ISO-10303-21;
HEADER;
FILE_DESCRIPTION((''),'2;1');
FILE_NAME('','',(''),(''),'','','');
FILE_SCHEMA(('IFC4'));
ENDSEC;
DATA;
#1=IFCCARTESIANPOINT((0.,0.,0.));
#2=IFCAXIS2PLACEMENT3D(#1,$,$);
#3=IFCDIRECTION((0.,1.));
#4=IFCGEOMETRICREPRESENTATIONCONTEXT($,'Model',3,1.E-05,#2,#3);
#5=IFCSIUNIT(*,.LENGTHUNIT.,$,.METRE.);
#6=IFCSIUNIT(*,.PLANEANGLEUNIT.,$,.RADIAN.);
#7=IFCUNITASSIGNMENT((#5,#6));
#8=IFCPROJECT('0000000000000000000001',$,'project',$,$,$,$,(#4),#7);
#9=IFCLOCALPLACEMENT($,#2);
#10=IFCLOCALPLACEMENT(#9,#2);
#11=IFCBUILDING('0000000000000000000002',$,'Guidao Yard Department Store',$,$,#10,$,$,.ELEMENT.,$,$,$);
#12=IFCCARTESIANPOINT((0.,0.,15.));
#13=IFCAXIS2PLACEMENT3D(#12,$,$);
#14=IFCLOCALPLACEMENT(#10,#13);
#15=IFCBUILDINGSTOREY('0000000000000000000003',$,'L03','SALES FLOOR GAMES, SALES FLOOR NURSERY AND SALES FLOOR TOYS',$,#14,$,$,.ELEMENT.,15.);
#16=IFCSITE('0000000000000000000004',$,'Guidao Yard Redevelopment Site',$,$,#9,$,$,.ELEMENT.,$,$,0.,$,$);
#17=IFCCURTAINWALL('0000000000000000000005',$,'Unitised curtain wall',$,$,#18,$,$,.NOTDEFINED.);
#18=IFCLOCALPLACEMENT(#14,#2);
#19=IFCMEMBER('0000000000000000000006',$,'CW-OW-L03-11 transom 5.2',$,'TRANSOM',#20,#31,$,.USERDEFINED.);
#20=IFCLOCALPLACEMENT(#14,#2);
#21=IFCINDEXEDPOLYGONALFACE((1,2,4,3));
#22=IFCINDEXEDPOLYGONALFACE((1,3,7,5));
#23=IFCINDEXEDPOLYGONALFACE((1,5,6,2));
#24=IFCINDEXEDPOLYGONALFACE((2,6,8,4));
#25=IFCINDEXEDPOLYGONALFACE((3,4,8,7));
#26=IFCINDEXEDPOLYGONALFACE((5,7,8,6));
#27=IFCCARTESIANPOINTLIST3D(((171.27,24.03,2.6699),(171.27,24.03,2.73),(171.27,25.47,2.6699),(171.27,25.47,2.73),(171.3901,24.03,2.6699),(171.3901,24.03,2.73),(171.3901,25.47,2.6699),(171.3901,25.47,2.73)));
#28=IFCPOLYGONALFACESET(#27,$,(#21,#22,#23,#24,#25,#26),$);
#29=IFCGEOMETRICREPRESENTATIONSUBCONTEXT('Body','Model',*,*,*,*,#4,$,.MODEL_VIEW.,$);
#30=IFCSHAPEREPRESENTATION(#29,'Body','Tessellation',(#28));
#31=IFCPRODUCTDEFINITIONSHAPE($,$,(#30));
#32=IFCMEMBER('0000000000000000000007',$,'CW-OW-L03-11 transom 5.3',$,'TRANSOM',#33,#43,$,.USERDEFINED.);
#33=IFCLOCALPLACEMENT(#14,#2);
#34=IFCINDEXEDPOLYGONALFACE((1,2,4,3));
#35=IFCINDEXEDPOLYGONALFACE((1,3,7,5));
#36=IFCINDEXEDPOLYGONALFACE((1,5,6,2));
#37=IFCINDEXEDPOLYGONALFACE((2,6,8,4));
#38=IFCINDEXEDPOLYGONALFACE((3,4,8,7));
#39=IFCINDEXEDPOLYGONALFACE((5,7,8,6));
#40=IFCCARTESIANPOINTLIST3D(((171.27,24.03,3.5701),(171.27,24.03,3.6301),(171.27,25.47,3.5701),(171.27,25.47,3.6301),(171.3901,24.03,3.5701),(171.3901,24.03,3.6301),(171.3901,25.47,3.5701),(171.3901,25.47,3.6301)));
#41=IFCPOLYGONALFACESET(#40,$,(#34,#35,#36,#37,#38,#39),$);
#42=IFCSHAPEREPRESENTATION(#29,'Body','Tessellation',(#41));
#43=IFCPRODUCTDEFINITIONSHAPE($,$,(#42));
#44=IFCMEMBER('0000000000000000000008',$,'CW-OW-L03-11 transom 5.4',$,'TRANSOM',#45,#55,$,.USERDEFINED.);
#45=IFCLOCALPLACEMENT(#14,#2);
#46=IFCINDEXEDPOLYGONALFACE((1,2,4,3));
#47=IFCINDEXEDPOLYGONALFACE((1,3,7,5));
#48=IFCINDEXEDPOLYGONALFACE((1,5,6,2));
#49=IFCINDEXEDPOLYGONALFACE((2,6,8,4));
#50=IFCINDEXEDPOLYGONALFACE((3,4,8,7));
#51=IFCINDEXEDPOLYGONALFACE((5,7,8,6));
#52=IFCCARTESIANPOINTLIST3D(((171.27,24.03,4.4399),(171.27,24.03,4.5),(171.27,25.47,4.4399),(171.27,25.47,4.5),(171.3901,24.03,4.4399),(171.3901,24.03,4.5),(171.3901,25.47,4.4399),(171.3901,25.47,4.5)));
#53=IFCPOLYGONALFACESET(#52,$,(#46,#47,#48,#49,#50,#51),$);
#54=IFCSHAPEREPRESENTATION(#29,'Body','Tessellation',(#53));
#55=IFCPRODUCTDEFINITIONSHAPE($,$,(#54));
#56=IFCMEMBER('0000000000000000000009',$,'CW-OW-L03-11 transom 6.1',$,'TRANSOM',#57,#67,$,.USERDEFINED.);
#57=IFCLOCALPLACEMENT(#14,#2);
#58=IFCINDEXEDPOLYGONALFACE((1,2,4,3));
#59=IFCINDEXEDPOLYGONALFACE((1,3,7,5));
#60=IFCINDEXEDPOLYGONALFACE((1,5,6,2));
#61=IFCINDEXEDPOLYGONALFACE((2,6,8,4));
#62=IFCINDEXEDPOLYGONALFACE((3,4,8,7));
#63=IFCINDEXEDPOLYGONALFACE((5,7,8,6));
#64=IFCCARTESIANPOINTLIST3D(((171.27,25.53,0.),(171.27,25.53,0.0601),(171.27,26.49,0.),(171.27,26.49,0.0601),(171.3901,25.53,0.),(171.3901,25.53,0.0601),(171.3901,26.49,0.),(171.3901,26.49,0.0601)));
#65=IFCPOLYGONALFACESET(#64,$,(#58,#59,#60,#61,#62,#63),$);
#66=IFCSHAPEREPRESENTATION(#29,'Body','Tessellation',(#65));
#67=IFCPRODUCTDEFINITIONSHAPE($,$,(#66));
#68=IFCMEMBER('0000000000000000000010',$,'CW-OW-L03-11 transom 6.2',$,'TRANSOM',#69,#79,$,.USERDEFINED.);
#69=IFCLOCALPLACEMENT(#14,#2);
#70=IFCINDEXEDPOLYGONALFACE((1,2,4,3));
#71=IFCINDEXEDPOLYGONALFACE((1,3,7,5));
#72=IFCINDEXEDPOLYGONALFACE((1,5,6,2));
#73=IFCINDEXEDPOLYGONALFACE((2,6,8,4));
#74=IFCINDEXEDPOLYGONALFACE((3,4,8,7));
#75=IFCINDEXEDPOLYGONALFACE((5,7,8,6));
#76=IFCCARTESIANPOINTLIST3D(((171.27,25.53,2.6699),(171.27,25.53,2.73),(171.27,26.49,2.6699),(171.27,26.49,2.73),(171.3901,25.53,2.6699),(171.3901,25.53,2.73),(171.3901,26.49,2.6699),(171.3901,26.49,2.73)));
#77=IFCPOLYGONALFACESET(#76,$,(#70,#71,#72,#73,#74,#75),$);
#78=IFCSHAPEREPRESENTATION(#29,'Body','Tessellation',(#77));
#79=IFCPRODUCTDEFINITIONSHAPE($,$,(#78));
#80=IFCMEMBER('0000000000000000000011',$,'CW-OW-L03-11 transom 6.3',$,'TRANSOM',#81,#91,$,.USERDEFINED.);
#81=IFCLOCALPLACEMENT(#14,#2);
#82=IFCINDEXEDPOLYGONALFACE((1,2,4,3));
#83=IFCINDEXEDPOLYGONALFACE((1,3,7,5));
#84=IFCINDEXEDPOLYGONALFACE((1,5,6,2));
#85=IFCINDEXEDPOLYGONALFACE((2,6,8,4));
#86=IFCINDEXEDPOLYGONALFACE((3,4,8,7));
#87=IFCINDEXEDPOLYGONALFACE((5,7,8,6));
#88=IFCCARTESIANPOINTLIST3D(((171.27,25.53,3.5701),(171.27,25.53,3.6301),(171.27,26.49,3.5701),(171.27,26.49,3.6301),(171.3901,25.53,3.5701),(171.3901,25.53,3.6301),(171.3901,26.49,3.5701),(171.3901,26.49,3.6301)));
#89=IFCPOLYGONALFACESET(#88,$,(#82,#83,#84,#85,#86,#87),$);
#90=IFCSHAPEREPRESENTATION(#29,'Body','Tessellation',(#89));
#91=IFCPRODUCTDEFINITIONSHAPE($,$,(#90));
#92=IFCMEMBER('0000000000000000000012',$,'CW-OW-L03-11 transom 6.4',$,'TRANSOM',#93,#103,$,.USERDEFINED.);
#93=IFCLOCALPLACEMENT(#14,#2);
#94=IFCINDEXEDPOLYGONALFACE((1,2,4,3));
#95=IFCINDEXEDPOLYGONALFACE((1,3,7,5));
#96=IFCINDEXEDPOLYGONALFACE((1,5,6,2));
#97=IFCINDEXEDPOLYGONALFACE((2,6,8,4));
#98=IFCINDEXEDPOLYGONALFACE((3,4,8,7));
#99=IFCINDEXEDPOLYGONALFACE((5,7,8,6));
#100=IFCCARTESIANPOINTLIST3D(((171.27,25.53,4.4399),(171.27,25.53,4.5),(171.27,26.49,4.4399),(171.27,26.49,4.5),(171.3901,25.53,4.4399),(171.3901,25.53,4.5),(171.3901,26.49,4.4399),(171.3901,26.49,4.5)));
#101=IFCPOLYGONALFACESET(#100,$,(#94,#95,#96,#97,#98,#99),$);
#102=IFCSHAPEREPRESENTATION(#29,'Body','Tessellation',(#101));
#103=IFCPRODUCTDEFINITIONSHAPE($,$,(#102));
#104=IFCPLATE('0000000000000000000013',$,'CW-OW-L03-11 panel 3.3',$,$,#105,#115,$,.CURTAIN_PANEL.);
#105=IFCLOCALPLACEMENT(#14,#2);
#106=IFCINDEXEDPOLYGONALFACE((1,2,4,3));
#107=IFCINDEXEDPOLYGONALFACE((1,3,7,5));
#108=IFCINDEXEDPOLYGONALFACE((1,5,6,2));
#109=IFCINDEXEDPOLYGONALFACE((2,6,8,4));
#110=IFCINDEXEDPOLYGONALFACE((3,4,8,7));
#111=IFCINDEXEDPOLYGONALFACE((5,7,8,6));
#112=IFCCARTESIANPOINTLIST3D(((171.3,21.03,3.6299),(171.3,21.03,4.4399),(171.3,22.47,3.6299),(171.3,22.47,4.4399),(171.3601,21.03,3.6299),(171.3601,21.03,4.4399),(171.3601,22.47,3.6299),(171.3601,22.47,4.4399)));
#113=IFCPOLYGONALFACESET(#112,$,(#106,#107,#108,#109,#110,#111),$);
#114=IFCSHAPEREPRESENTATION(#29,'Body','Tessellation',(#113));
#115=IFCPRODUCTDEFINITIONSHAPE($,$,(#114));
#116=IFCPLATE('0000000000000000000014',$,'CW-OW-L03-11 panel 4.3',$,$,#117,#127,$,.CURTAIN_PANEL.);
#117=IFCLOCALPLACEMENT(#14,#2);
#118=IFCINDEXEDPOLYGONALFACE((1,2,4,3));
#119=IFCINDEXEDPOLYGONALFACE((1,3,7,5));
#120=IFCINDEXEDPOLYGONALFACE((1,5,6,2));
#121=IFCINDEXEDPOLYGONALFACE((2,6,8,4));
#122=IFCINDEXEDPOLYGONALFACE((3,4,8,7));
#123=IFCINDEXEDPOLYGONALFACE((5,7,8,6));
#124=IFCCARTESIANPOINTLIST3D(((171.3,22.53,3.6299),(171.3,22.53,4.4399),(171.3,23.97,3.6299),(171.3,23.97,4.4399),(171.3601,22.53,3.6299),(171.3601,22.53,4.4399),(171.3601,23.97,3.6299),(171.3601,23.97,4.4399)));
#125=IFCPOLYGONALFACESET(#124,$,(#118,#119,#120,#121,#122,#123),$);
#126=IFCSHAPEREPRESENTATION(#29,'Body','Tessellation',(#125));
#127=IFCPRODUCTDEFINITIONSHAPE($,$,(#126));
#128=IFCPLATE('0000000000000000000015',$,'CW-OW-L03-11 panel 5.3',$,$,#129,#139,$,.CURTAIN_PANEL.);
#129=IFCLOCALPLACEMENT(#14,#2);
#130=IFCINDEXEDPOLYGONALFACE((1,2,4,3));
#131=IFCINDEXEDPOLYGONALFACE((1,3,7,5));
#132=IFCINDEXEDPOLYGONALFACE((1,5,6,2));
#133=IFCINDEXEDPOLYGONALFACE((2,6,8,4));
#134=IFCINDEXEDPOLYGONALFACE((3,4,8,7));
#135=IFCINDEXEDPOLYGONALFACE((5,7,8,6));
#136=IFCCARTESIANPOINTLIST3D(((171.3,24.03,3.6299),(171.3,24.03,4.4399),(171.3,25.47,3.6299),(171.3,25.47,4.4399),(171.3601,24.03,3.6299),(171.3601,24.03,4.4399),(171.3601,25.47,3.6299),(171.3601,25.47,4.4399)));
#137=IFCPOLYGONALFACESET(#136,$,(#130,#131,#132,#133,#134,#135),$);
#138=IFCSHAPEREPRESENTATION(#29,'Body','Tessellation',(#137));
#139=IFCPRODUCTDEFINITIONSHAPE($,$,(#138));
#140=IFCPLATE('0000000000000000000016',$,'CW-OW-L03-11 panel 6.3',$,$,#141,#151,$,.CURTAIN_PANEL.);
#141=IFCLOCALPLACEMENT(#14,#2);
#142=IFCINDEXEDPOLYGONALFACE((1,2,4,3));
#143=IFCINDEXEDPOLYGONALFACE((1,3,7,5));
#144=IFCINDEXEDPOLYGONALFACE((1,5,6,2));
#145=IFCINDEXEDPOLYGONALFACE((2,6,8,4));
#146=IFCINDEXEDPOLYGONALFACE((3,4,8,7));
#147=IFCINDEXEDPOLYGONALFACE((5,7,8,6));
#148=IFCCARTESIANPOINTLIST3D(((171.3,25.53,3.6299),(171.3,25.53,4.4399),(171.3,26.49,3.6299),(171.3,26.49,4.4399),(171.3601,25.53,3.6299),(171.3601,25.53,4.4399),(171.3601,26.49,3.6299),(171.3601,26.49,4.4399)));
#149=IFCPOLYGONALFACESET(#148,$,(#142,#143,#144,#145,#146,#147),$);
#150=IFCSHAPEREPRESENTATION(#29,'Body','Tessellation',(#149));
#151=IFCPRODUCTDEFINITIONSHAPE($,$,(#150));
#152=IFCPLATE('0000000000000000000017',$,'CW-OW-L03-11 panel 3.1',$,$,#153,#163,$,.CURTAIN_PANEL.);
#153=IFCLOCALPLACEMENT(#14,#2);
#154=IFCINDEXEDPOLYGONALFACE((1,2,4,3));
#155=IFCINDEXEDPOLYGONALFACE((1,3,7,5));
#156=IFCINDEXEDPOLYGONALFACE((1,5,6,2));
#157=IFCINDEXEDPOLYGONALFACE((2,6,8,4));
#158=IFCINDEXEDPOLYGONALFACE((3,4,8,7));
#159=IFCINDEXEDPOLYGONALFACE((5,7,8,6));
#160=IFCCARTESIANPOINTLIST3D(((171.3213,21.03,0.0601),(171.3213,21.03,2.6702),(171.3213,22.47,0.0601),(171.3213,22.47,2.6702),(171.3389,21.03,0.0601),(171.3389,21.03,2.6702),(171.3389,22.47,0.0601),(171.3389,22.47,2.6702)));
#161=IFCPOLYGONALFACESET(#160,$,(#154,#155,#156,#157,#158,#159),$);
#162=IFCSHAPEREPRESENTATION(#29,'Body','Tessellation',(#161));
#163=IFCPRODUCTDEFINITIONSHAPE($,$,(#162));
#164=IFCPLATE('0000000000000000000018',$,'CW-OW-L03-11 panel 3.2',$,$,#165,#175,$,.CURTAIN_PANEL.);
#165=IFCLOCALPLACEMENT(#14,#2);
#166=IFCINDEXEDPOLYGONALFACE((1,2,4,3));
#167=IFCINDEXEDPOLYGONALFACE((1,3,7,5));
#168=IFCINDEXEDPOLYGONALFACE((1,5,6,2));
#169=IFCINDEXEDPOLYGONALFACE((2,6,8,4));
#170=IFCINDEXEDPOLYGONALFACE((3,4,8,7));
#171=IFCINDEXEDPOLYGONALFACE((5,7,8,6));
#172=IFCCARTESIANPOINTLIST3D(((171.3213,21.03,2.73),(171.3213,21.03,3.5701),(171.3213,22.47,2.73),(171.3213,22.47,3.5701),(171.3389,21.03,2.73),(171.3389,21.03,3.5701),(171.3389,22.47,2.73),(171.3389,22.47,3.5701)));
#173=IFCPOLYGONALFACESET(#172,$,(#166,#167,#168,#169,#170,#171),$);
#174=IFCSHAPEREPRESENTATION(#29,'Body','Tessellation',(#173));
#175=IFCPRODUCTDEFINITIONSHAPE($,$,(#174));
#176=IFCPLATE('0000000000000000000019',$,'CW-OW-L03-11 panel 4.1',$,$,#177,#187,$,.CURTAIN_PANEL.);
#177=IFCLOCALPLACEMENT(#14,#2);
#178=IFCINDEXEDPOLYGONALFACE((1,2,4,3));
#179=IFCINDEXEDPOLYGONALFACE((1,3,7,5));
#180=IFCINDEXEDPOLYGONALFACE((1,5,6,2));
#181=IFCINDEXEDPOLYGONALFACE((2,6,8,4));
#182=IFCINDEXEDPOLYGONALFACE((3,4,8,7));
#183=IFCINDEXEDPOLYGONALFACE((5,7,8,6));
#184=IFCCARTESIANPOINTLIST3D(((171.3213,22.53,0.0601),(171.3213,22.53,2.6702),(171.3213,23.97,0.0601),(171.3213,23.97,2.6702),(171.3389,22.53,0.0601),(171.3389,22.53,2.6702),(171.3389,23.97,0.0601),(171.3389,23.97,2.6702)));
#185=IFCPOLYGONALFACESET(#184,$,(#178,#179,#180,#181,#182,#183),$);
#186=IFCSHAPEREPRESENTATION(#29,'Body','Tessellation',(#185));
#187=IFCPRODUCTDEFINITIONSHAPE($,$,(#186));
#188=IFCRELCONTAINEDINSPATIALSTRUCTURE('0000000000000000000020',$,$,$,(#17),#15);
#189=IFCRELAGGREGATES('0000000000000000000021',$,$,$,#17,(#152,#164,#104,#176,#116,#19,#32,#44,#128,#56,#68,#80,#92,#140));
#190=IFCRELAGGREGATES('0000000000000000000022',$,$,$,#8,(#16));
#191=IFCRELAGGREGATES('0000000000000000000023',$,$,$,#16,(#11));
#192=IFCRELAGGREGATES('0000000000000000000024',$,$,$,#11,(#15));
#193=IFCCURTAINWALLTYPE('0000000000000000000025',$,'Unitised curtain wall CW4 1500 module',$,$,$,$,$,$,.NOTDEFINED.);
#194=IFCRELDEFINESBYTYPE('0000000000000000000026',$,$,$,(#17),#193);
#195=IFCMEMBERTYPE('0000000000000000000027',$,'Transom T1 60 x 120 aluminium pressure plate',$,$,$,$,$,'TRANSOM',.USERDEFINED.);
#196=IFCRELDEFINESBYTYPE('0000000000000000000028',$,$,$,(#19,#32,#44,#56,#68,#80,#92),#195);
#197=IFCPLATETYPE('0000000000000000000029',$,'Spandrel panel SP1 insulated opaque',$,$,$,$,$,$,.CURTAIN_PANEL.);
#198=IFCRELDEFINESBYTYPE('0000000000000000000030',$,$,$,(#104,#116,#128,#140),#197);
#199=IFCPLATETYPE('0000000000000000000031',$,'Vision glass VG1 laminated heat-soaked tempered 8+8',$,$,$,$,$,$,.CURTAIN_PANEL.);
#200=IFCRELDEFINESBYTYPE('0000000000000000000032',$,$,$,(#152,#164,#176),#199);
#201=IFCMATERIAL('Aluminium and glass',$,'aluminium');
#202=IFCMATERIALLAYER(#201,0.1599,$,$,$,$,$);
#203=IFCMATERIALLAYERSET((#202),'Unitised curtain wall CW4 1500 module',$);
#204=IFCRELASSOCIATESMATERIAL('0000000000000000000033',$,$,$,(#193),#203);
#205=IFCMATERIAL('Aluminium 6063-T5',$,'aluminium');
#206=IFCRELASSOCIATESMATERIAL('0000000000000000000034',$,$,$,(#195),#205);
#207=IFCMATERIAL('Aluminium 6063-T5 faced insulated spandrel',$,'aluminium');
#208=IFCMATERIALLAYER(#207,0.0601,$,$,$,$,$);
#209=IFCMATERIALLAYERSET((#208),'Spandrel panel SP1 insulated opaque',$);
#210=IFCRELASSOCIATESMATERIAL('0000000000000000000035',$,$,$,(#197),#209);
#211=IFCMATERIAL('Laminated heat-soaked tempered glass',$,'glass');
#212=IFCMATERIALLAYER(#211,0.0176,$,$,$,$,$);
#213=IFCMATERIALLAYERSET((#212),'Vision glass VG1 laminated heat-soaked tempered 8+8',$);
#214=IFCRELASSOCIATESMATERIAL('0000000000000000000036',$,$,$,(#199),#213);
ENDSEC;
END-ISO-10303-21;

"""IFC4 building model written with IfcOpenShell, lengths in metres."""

from ifc_helpers import new_model, si_unit, direction, frame, origin, origin_2d, place, context, subcontext, project, spatial, rectangle, extrude, material, layer, layer_set, material_profile, profile_set, type_object, element, aggregate, save


model = new_model("IFC4")

# Units and contexts
model_context = context("Model", 3, precision=1e-05, world=origin(), true_north=direction((0.0, 1.0)))
body_context = subcontext(model_context, "Body", "Model", "MODEL_VIEW")
ifc_project = project(units=[si_unit("LENGTHUNIT", "METRE"), si_unit("PLANEANGLEUNIT", "RADIAN")], contexts=[model_context])

# Site, building, storey
site_placement = place(None, origin())
site = spatial("IfcSite", under=ifc_project, at=site_placement, Name="Guidao Yard Redevelopment Site", CompositionType="ELEMENT", RefElevation=0.0)
building_placement = place(site_placement, origin())
building = spatial("IfcBuilding", under=site, at=building_placement, Name="Guidao Yard Department Store", CompositionType="ELEMENT")
storey_placement = place(building_placement, frame((0.0, 0.0, 15.0)))
storey = spatial("IfcBuildingStorey", under=building, at=storey_placement, Name="L03", Description="SALES FLOOR GAMES, SALES FLOOR NURSERY AND SALES FLOOR TOYS", CompositionType="ELEMENT", Elevation=15.0)

# Curtain wall, members, plates
ifc_material_1 = material(Name="Aluminium and glass", Category="aluminium")
ifc_layer_1 = layer(ifc_material_1, 0.1599)
ifc_layer_set_1 = layer_set([ifc_layer_1], Name="Unitised curtain wall CW4 1500 module")
curtain_wall_type = type_object("IfcCurtainWallType", Name="Unitised curtain wall CW4 1500 module", PredefinedType="NOTDEFINED", material=ifc_layer_set_1)
curtain_wall_placement = place(storey_placement, origin())
curtain_wall = element("IfcCurtainWall", 1, at=curtain_wall_placement, inside=storey, type_object=curtain_wall_type, Name="Unitised curtain wall", PredefinedType="NOTDEFINED")
ifc_material_2 = material(Name="Aluminium 6063-T5", Category="aluminium")
ifc_material_profile_1 = material_profile(ifc_material_2, rectangle(XDim=0.1201, YDim=0.0601, at=origin_2d()), Name="Transom T1 60 x 120 aluminium pressure plate")
ifc_profile_set_1 = profile_set([ifc_material_profile_1], Name="Aluminium 6063-T5")
member_type_1 = type_object("IfcMemberType", Name="Transom T1 60 x 120 aluminium pressure plate", ElementType="TRANSOM", PredefinedType="USERDEFINED", material=ifc_profile_set_1)
member_1_placement = place(storey_placement, frame((171.3301, 25.47, 2.7), z_axis=(0.0, -1.0, 0.0), x_axis=(1.0, 0.0, 0.0)))
member_1 = element("IfcMember", 2, at=member_1_placement, type_object=member_type_1, Name="CW-OW-L03-11 transom 5.2", ObjectType="TRANSOM", PredefinedType="USERDEFINED", context=body_context, shape_type="SweptSolid", body=[
    extrude(rectangle(XDim=0.1201, YDim=0.0601, at=origin_2d()), origin(), (0.0, 0.0, 1.0), 1.4399),
])
member_2_placement = place(storey_placement, frame((171.3301, 25.47, 3.6001), z_axis=(0.0, -1.0, 0.0), x_axis=(1.0, 0.0, 0.0)))
member_2 = element("IfcMember", 3, at=member_2_placement, type_object=member_type_1, Name="CW-OW-L03-11 transom 5.3", ObjectType="TRANSOM", PredefinedType="USERDEFINED", context=body_context, shape_type="SweptSolid", body=[
    extrude(rectangle(XDim=0.1201, YDim=0.0601, at=origin_2d()), origin(), (0.0, 0.0, 1.0), 1.4399),
])
member_3_placement = place(storey_placement, frame((171.3301, 25.47, 4.47), z_axis=(0.0, -1.0, 0.0), x_axis=(1.0, 0.0, 0.0)))
member_3 = element("IfcMember", 4, at=member_3_placement, type_object=member_type_1, Name="CW-OW-L03-11 transom 5.4", ObjectType="TRANSOM", PredefinedType="USERDEFINED", context=body_context, shape_type="SweptSolid", body=[
    extrude(rectangle(XDim=0.1201, YDim=0.0601, at=origin_2d()), origin(), (0.0, 0.0, 1.0), 1.4399),
])
member_4_placement = place(storey_placement, frame((171.3301, 26.49, 0.03), z_axis=(0.0, -1.0, 0.0), x_axis=(1.0, 0.0, 0.0)))
member_4 = element("IfcMember", 5, at=member_4_placement, type_object=member_type_1, Name="CW-OW-L03-11 transom 6.1", ObjectType="TRANSOM", PredefinedType="USERDEFINED", context=body_context, shape_type="SweptSolid", body=[
    extrude(rectangle(XDim=0.1201, YDim=0.0601, at=origin_2d()), origin(), (0.0, 0.0, 1.0), 0.96),
])
member_5_placement = place(storey_placement, frame((171.3301, 26.49, 2.7), z_axis=(0.0, -1.0, 0.0), x_axis=(1.0, 0.0, 0.0)))
member_5 = element("IfcMember", 6, at=member_5_placement, type_object=member_type_1, Name="CW-OW-L03-11 transom 6.2", ObjectType="TRANSOM", PredefinedType="USERDEFINED", context=body_context, shape_type="SweptSolid", body=[
    extrude(rectangle(XDim=0.1201, YDim=0.0601, at=origin_2d()), origin(), (0.0, 0.0, 1.0), 0.96),
])
member_6_placement = place(storey_placement, frame((171.3301, 26.49, 3.6001), z_axis=(0.0, -1.0, 0.0), x_axis=(1.0, 0.0, 0.0)))
member_6 = element("IfcMember", 7, at=member_6_placement, type_object=member_type_1, Name="CW-OW-L03-11 transom 6.3", ObjectType="TRANSOM", PredefinedType="USERDEFINED", context=body_context, shape_type="SweptSolid", body=[
    extrude(rectangle(XDim=0.1201, YDim=0.0601, at=origin_2d()), origin(), (0.0, 0.0, 1.0), 0.96),
])
member_7_placement = place(storey_placement, frame((171.3301, 26.49, 4.47), z_axis=(0.0, -1.0, 0.0), x_axis=(1.0, 0.0, 0.0)))
member_7 = element("IfcMember", 8, at=member_7_placement, type_object=member_type_1, Name="CW-OW-L03-11 transom 6.4", ObjectType="TRANSOM", PredefinedType="USERDEFINED", context=body_context, shape_type="SweptSolid", body=[
    extrude(rectangle(XDim=0.1201, YDim=0.0601, at=origin_2d()), origin(), (0.0, 0.0, 1.0), 0.96),
])
ifc_material_3 = material(Name="Aluminium 6063-T5 faced insulated spandrel", Category="aluminium")
ifc_layer_2 = layer(ifc_material_3, 0.0601)
ifc_layer_set_2 = layer_set([ifc_layer_2], Name="Spandrel panel SP1 insulated opaque")
plate_type_1 = type_object("IfcPlateType", Name="Spandrel panel SP1 insulated opaque", PredefinedType="CURTAIN_PANEL", material=ifc_layer_set_2)
plate_1_placement = place(storey_placement, frame((171.3301, 21.75, 3.6299), z_axis=(0.0, 0.0, 1.0), x_axis=(0.0, -1.0, 0.0)))
plate_1 = element("IfcPlate", 9, at=plate_1_placement, type_object=plate_type_1, Name="CW-OW-L03-11 panel 3.3", PredefinedType="CURTAIN_PANEL", context=body_context, shape_type="SweptSolid", body=[
    extrude(rectangle(XDim=1.4399, YDim=0.0601, at=origin_2d()), origin(), (0.0, 0.0, 1.0), 0.8101),
])
plate_2_placement = place(storey_placement, frame((171.3301, 23.25, 3.6299), z_axis=(0.0, 0.0, 1.0), x_axis=(0.0, -1.0, 0.0)))
plate_2 = element("IfcPlate", 10, at=plate_2_placement, type_object=plate_type_1, Name="CW-OW-L03-11 panel 4.3", PredefinedType="CURTAIN_PANEL", context=body_context, shape_type="SweptSolid", body=[
    extrude(rectangle(XDim=1.4399, YDim=0.0601, at=origin_2d()), origin(), (0.0, 0.0, 1.0), 0.8101),
])
plate_3_placement = place(storey_placement, frame((171.3301, 24.75, 3.6299), z_axis=(0.0, 0.0, 1.0), x_axis=(0.0, -1.0, 0.0)))
plate_3 = element("IfcPlate", 11, at=plate_3_placement, type_object=plate_type_1, Name="CW-OW-L03-11 panel 5.3", PredefinedType="CURTAIN_PANEL", context=body_context, shape_type="SweptSolid", body=[
    extrude(rectangle(XDim=1.4399, YDim=0.0601, at=origin_2d()), origin(), (0.0, 0.0, 1.0), 0.8101),
])
plate_4_placement = place(storey_placement, frame((171.3301, 26.01, 3.6299), z_axis=(0.0, 0.0, 1.0), x_axis=(0.0, -1.0, 0.0)))
plate_4 = element("IfcPlate", 12, at=plate_4_placement, type_object=plate_type_1, Name="CW-OW-L03-11 panel 6.3", PredefinedType="CURTAIN_PANEL", context=body_context, shape_type="SweptSolid", body=[
    extrude(rectangle(XDim=0.96, YDim=0.0601, at=origin_2d()), origin(), (0.0, 0.0, 1.0), 0.8101),
])
ifc_material_4 = material(Name="Laminated heat-soaked tempered glass", Category="glass")
ifc_layer_3 = layer(ifc_material_4, 0.0176)
ifc_layer_set_3 = layer_set([ifc_layer_3], Name="Vision glass VG1 laminated heat-soaked tempered 8+8")
plate_type_2 = type_object("IfcPlateType", Name="Vision glass VG1 laminated heat-soaked tempered 8+8", PredefinedType="CURTAIN_PANEL", material=ifc_layer_set_3)
plate_5_placement = place(storey_placement, frame((171.3301, 21.75, 0.0601), z_axis=(0.0, 0.0, 1.0), x_axis=(0.0, -1.0, 0.0)))
plate_5 = element("IfcPlate", 13, at=plate_5_placement, type_object=plate_type_2, Name="CW-OW-L03-11 panel 3.1", PredefinedType="CURTAIN_PANEL", context=body_context, shape_type="SweptSolid", body=[
    extrude(rectangle(XDim=1.4399, YDim=0.0176, at=origin_2d()), origin(), (0.0, 0.0, 1.0), 2.6101),
])
plate_6_placement = place(storey_placement, frame((171.3301, 21.75, 2.73), z_axis=(0.0, 0.0, 1.0), x_axis=(0.0, -1.0, 0.0)))
plate_6 = element("IfcPlate", 14, at=plate_6_placement, type_object=plate_type_2, Name="CW-OW-L03-11 panel 3.2", PredefinedType="CURTAIN_PANEL", context=body_context, shape_type="SweptSolid", body=[
    extrude(rectangle(XDim=1.4399, YDim=0.0176, at=origin_2d()), origin(), (0.0, 0.0, 1.0), 0.8401),
])
plate_7_placement = place(storey_placement, frame((171.3301, 23.25, 0.0601), z_axis=(0.0, 0.0, 1.0), x_axis=(0.0, -1.0, 0.0)))
plate_7 = element("IfcPlate", 15, at=plate_7_placement, type_object=plate_type_2, Name="CW-OW-L03-11 panel 4.1", PredefinedType="CURTAIN_PANEL", context=body_context, shape_type="SweptSolid", body=[
    extrude(rectangle(XDim=1.4399, YDim=0.0176, at=origin_2d()), origin(), (0.0, 0.0, 1.0), 2.6101),
])
aggregate(curtain_wall, [plate_5, plate_6, plate_1, plate_7, plate_2, member_1, member_2, member_3, plate_3, member_4, member_5, member_6, member_7, plate_4])

save(model, "model.ifc")
